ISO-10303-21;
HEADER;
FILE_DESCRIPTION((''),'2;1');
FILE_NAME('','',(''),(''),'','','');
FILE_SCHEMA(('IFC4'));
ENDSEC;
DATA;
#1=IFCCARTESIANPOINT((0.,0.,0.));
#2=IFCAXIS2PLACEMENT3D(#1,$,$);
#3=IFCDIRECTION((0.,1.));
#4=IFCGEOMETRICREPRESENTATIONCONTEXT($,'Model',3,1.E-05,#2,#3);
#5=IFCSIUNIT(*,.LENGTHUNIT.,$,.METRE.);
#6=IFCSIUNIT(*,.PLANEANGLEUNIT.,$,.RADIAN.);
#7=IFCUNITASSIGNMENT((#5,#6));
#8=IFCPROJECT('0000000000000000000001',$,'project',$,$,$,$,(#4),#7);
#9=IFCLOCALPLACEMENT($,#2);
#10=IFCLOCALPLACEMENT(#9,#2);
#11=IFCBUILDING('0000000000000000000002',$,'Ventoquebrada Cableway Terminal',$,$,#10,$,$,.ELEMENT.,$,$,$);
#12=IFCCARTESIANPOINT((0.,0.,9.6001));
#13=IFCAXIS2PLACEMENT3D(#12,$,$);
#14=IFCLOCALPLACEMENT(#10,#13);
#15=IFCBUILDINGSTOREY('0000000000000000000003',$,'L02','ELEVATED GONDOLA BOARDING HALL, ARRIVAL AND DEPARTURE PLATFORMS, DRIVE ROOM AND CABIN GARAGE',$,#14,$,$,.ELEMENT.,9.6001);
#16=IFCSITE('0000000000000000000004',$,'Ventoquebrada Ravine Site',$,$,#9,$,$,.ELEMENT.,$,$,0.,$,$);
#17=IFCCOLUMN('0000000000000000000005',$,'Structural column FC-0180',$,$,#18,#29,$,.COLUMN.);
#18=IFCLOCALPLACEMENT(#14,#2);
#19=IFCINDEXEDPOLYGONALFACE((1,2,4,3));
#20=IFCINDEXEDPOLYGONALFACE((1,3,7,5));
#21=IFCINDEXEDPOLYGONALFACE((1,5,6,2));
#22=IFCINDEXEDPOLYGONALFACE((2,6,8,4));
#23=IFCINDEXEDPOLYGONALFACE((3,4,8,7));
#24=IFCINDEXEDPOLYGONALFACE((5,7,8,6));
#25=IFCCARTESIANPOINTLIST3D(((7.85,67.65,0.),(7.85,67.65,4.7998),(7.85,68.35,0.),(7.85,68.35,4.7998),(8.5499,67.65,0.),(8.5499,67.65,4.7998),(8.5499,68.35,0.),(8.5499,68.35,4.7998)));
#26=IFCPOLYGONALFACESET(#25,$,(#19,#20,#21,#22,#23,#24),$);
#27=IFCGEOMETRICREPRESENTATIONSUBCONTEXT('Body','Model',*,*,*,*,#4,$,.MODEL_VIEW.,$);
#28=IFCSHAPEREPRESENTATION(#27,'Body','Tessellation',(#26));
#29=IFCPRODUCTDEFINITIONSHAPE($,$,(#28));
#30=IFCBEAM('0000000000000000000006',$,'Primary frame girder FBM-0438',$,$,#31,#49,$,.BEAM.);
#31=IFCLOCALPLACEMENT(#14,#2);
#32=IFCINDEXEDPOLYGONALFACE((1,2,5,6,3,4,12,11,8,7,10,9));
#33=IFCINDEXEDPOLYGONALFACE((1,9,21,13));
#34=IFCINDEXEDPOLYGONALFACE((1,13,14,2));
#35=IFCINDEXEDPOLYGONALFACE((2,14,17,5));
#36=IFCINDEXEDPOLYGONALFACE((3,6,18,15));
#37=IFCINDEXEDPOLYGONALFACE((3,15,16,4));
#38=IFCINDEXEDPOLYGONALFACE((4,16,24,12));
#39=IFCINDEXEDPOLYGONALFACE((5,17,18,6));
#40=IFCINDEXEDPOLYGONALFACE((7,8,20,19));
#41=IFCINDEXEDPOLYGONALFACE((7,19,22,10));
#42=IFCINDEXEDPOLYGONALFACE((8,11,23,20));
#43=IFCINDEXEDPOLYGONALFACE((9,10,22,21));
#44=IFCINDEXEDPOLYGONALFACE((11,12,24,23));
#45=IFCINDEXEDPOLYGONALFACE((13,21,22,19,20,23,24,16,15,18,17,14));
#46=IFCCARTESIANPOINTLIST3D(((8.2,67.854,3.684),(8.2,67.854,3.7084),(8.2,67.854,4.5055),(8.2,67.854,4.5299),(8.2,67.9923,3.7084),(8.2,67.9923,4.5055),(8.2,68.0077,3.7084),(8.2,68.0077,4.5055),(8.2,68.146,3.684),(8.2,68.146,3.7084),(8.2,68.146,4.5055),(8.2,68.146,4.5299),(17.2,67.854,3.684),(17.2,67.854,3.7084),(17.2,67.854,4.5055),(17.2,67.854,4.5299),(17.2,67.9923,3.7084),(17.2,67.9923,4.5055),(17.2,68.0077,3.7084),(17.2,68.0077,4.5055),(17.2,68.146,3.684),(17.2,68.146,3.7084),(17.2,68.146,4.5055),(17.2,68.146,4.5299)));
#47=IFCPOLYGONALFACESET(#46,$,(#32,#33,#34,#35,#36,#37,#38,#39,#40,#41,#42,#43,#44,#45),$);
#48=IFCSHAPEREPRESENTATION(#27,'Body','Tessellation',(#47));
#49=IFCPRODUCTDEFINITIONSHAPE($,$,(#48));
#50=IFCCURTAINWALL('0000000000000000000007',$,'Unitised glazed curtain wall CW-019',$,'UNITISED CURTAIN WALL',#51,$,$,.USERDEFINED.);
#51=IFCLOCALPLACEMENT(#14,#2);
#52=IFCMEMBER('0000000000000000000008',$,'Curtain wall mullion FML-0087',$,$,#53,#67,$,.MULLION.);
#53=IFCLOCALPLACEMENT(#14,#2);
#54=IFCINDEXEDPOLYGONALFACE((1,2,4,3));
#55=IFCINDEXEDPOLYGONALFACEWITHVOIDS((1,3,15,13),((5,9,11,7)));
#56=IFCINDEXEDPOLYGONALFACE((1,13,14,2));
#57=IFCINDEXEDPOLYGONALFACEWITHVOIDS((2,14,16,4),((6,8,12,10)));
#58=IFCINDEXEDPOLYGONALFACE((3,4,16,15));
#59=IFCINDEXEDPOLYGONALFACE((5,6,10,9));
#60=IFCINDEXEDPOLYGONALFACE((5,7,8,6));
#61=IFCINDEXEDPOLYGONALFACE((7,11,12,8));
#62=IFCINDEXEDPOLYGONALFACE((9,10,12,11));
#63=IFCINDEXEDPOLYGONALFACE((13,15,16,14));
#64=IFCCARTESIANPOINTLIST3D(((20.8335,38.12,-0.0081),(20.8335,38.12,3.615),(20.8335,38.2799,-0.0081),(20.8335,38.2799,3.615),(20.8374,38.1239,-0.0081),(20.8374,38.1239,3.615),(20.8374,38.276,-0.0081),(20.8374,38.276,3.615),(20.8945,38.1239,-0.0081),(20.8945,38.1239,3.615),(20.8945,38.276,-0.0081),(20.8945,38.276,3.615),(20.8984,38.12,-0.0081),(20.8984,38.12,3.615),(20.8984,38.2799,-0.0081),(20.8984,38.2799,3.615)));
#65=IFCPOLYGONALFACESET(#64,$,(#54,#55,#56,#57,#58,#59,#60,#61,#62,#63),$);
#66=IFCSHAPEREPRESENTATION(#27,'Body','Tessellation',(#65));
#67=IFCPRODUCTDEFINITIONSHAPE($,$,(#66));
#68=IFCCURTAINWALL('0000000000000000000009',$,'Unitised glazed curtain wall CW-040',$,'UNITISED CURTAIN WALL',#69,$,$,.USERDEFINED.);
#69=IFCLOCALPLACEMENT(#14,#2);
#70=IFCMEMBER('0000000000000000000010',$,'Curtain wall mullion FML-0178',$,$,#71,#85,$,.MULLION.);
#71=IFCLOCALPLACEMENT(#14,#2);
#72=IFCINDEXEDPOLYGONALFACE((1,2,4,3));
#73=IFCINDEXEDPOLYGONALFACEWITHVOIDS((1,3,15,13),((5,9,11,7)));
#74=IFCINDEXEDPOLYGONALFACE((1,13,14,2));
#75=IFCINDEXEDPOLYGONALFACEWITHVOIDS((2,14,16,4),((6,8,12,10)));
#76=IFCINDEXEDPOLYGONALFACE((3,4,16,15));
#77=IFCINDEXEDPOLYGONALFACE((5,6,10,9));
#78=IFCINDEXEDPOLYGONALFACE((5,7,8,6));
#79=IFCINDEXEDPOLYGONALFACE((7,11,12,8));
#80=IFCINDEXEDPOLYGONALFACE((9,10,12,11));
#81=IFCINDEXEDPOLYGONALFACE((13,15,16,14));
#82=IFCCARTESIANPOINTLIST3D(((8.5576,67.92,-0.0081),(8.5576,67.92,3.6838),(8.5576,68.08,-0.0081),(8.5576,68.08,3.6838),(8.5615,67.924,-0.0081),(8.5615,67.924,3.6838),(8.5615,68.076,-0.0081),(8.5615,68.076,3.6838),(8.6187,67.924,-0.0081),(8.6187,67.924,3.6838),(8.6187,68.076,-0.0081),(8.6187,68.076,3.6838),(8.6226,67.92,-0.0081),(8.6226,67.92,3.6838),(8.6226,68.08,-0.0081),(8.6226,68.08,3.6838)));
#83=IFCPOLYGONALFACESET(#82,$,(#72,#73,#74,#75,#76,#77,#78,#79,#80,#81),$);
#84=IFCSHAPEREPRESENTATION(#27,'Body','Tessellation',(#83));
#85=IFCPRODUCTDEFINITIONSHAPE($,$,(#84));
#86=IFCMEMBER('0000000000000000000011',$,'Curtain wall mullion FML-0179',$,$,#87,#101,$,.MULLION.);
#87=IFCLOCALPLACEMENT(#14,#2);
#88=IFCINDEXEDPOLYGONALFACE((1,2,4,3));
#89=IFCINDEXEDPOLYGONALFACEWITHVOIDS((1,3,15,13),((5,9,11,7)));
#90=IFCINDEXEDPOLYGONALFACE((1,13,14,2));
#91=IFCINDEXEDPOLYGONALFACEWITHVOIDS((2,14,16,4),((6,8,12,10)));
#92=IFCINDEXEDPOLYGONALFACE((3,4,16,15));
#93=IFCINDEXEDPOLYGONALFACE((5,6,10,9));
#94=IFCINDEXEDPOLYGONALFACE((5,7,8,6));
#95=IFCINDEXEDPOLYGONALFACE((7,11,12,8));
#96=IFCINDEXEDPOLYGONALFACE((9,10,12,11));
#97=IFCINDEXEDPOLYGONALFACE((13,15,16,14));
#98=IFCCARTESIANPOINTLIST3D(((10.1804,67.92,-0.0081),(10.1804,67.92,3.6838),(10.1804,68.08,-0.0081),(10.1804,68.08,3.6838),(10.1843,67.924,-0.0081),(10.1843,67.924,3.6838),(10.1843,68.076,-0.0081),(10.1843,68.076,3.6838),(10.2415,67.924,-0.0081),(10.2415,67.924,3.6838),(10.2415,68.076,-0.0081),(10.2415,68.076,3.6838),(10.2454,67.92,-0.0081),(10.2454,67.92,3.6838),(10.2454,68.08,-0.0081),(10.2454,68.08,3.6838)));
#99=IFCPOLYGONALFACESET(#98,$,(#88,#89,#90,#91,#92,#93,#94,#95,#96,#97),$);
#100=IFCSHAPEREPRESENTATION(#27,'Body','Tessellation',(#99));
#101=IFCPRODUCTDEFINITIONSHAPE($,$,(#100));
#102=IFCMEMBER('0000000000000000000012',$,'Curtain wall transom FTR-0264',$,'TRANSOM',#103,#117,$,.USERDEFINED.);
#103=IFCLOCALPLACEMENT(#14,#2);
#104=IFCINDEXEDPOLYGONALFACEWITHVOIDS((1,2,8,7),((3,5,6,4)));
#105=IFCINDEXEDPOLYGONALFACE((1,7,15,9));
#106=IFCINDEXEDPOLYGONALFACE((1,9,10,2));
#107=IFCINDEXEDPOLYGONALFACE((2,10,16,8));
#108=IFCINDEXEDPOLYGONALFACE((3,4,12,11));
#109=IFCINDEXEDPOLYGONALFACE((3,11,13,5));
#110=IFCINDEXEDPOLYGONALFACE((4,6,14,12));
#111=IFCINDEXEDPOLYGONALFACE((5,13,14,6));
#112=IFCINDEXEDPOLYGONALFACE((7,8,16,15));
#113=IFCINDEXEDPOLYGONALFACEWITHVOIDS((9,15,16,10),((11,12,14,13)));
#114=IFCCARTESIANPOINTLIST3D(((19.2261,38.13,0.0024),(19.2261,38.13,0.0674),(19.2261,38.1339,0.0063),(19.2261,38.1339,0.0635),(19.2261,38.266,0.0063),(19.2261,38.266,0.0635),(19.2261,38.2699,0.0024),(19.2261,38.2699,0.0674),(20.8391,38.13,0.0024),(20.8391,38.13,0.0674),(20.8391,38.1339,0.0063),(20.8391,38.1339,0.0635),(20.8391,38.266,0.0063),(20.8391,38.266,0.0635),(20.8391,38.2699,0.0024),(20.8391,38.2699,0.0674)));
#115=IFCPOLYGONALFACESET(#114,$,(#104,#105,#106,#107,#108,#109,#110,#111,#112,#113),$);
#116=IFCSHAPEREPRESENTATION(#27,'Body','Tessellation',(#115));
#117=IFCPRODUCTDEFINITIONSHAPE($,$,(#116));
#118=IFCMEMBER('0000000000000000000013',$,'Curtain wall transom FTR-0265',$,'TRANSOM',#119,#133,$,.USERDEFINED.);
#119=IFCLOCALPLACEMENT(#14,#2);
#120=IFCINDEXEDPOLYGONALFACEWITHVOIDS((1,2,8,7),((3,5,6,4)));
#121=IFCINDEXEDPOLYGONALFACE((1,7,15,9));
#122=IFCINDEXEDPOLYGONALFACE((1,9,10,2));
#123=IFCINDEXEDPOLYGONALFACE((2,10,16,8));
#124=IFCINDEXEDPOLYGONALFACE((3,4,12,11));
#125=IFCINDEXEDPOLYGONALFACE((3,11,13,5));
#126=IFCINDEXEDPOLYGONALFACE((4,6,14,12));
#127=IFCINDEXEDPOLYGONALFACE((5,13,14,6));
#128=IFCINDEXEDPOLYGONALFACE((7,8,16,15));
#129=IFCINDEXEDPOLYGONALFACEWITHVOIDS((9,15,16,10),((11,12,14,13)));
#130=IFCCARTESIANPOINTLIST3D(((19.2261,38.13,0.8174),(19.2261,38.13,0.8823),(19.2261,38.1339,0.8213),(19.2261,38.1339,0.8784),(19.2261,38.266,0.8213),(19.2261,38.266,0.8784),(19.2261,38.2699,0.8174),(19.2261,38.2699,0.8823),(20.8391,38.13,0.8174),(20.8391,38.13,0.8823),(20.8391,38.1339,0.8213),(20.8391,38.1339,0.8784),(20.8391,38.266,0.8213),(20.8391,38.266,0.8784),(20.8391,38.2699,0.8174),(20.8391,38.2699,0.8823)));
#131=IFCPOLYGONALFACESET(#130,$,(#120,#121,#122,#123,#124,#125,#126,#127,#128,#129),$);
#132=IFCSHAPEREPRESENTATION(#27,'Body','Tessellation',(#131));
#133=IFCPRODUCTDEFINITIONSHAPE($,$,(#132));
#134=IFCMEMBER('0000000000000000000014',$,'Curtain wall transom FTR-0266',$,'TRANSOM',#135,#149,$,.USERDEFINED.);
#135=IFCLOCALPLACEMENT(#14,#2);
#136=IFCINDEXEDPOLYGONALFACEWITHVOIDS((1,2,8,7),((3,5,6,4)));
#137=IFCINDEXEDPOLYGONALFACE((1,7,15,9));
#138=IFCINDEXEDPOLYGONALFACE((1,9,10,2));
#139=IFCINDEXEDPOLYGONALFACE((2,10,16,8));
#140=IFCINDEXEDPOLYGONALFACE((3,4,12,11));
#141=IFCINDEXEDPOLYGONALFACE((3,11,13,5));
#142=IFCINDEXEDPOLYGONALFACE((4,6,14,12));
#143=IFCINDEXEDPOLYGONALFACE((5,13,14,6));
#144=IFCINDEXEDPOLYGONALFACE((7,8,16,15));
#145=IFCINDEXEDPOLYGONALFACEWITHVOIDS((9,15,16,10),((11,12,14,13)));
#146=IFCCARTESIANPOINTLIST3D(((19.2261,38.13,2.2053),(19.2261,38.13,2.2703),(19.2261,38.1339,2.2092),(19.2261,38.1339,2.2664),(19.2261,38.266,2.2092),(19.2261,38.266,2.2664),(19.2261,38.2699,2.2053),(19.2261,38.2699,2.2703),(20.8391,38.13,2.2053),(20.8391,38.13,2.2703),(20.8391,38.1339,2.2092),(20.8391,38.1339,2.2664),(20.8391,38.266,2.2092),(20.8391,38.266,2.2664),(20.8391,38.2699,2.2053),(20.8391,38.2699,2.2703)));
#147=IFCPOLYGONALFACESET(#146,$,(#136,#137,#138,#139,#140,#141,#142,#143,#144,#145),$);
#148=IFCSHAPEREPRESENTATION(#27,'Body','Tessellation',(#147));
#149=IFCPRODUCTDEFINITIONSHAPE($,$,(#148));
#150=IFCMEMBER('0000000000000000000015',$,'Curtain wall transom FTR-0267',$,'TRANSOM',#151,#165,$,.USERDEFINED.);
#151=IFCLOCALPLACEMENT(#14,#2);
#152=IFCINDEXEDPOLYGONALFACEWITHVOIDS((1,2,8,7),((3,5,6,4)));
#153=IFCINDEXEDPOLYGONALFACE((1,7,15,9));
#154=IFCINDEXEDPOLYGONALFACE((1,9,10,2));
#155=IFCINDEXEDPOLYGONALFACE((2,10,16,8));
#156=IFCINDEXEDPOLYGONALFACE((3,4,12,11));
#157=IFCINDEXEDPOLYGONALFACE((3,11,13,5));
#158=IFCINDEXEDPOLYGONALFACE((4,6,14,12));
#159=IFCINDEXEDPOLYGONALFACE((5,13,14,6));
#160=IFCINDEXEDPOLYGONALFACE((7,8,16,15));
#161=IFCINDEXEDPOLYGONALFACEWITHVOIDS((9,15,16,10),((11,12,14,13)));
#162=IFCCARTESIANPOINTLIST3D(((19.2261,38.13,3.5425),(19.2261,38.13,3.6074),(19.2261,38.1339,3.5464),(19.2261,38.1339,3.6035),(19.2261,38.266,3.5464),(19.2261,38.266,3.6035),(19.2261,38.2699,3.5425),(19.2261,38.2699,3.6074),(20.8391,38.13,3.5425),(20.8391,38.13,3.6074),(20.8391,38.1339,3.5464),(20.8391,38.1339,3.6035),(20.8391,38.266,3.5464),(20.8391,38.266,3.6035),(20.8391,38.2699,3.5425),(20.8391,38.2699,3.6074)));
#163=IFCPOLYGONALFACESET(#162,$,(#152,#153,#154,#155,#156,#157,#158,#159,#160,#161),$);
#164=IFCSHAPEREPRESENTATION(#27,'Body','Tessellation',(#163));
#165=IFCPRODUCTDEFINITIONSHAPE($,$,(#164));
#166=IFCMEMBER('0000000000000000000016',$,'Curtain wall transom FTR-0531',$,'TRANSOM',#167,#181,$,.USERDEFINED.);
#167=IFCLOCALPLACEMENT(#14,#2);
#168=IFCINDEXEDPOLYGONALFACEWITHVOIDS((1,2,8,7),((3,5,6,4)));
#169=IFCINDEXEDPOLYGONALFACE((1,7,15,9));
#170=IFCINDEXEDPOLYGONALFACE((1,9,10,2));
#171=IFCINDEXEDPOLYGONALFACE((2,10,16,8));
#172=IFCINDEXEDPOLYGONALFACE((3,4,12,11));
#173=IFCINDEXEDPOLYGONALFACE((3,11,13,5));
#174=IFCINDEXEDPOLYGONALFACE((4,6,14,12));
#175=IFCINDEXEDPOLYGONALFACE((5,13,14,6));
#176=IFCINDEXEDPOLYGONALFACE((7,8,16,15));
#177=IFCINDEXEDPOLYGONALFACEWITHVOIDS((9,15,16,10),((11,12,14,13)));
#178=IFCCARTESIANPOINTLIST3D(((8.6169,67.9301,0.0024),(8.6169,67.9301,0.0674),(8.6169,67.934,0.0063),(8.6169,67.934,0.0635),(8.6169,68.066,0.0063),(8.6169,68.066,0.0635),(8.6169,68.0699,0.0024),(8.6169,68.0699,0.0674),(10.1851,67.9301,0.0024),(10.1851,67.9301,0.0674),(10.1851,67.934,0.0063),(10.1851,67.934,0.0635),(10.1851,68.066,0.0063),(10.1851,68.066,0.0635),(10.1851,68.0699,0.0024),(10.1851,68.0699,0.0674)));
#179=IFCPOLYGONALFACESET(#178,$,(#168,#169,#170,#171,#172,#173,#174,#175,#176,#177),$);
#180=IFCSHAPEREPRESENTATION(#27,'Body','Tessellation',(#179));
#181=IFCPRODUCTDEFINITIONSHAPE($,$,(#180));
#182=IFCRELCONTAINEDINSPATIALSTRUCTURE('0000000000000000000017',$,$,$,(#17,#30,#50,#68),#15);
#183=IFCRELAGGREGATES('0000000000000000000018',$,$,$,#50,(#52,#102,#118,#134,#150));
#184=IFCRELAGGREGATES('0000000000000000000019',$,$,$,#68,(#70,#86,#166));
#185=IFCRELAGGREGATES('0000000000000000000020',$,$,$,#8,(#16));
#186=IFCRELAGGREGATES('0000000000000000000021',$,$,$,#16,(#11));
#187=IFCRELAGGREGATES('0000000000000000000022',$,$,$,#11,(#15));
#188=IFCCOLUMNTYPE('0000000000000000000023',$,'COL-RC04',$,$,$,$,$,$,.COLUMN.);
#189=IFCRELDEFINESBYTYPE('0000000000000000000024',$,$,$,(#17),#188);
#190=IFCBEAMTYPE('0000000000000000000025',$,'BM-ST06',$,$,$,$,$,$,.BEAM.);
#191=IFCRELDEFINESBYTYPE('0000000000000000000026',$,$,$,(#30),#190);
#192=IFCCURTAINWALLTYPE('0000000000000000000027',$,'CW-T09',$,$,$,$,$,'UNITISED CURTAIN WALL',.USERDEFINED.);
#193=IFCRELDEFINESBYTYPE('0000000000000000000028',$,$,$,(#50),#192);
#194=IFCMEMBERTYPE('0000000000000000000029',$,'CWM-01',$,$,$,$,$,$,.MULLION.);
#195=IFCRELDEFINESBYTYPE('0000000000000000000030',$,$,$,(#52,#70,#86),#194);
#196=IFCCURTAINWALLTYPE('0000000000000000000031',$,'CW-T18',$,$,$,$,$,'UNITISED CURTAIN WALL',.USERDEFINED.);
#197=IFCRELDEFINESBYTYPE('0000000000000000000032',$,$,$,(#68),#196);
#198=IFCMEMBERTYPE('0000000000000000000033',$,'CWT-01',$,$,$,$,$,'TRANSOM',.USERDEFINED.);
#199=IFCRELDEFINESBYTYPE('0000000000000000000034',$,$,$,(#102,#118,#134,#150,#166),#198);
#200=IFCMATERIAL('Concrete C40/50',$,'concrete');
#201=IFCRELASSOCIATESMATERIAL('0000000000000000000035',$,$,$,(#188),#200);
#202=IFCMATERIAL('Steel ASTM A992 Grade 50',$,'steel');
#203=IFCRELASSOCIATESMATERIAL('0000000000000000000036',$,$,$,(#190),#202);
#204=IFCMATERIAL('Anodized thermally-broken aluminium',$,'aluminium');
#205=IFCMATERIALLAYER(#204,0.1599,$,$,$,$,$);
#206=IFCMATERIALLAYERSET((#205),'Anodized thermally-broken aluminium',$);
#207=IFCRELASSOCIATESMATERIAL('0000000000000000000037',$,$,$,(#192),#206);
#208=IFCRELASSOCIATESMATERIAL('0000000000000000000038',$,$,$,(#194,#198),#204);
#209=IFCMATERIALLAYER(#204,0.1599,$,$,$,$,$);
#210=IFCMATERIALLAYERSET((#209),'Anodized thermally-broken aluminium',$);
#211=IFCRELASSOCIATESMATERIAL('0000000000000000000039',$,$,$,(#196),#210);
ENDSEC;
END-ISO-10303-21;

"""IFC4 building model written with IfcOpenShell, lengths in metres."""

from ifc_helpers import new_model, si_unit, direction, frame, origin, origin_2d, place, context, subcontext, project, spatial, rectangle, hollow_rectangle, i_section, extrude, material, layer, layer_set, material_profile, profile_set, type_object, element, aggregate, save


model = new_model("IFC4")

# Units and contexts
model_context = context("Model", 3, precision=1e-05, world=origin(), true_north=direction((0.0, 1.0)))
body_context = subcontext(model_context, "Body", "Model", "MODEL_VIEW")
ifc_project = project(units=[si_unit("LENGTHUNIT", "METRE"), si_unit("PLANEANGLEUNIT", "RADIAN")], contexts=[model_context])

# Site, building, storey
site_placement = place(None, origin())
site = spatial("IfcSite", under=ifc_project, at=site_placement, Name="Ventoquebrada Ravine Site", CompositionType="ELEMENT", RefElevation=0.0)
building_placement = place(site_placement, origin())
building = spatial("IfcBuilding", under=site, at=building_placement, Name="Ventoquebrada Cableway Terminal", CompositionType="ELEMENT")
storey_placement = place(building_placement, frame((0.0, 0.0, 9.6001)))
storey = spatial("IfcBuildingStorey", under=building, at=storey_placement, Name="L02", Description="ELEVATED GONDOLA BOARDING HALL, ARRIVAL AND DEPARTURE PLATFORMS, DRIVE ROOM AND CABIN GARAGE", CompositionType="ELEMENT", Elevation=9.6001)

# Column
ifc_material_1 = material(Name="Concrete C40/50", Category="concrete")
ifc_material_profile_1 = material_profile(ifc_material_1, rectangle(XDim=0.7, YDim=0.7, at=origin_2d()), Name="RC-COL-700X700")
ifc_profile_set_1 = profile_set([ifc_material_profile_1], Name="Concrete C40/50")
column_type = type_object("IfcColumnType", Name="COL-RC04", PredefinedType="COLUMN", material=ifc_profile_set_1)
column_placement = place(storey_placement, frame((8.2, 68.0, 0.0), z_axis=(0.0, 0.0, 1.0), x_axis=(1.0, 0.0, 0.0)))
element("IfcColumn", 1, at=column_placement, inside=storey, type_object=column_type, Name="Structural column FC-0180", PredefinedType="COLUMN", context=body_context, shape_type="SweptSolid", body=[
    extrude(rectangle(XDim=0.7, YDim=0.7, at=origin_2d()), origin(), (0.0, 0.0, 1.0), 4.7998),
])

# Beam
ifc_material_2 = material(Name="Steel ASTM A992 Grade 50", Category="steel")
ifc_material_profile_2 = material_profile(ifc_material_2, i_section(OverallWidth=0.292, OverallDepth=0.8459, WebThickness=0.0154, FlangeThickness=0.0244, at=origin_2d()), Name="W33X141")
ifc_profile_set_2 = profile_set([ifc_material_profile_2], Name="Steel ASTM A992 Grade 50")
beam_type_1 = type_object("IfcBeamType", Name="BM-ST06", PredefinedType="BEAM", material=ifc_profile_set_2)
beam_1_placement = place(storey_placement, frame((8.2, 68.0, 4.1069), z_axis=(1.0, 0.0, 0.0), x_axis=(0.0, 1.0, 0.0)))
element("IfcBeam", 2, at=beam_1_placement, inside=storey, type_object=beam_type_1, Name="Primary frame girder FBM-0438", PredefinedType="BEAM", context=body_context, shape_type="SweptSolid", body=[
    extrude(i_section(OverallWidth=0.292, OverallDepth=0.8459, WebThickness=0.0154, FlangeThickness=0.0244, at=origin_2d()), origin(), (0.0, 0.0, 1.0), 9.0),
])

# Curtain wall, member
ifc_material_3 = material(Name="Anodized thermally-broken aluminium", Category="aluminium")
ifc_layer_1 = layer(ifc_material_3, 0.1599)
ifc_layer_set_1 = layer_set([ifc_layer_1], Name="Anodized thermally-broken aluminium")
curtain_wall_type_1 = type_object("IfcCurtainWallType", Name="CW-T09", ElementType="UNITISED CURTAIN WALL", PredefinedType="USERDEFINED", material=ifc_layer_set_1)
curtain_wall_1_placement = place(storey_placement, origin())
curtain_wall_1 = element("IfcCurtainWall", 3, at=curtain_wall_1_placement, inside=storey, type_object=curtain_wall_type_1, Name="Unitised glazed curtain wall CW-019", ObjectType="UNITISED CURTAIN WALL", PredefinedType="USERDEFINED")
ifc_material_profile_3 = material_profile(ifc_material_3, hollow_rectangle(XDim=0.0649, YDim=0.1599, WallThickness=0.0039, at=origin_2d()), Name="CW-MUL-65X160")
ifc_profile_set_3 = profile_set([ifc_material_profile_3], Name="Anodized thermally-broken aluminium")
member_type_1 = type_object("IfcMemberType", Name="CWM-01", PredefinedType="MULLION", material=ifc_profile_set_3)
member_1_placement = place(storey_placement, frame((20.866, 38.2, -0.0081), z_axis=(0.0, 0.0, 1.0), x_axis=(-1.0, 0.0, 0.0)))
member_1 = element("IfcMember", 4, at=member_1_placement, type_object=member_type_1, Name="Curtain wall mullion FML-0087", PredefinedType="MULLION", context=body_context, shape_type="SweptSolid", body=[
    extrude(hollow_rectangle(XDim=0.0649, YDim=0.1599, WallThickness=0.0039, at=origin_2d()), origin(), (0.0, 0.0, 1.0), 3.623),
])

# Curtain wall, members
ifc_layer_2 = layer(ifc_material_3, 0.1599)
ifc_layer_set_2 = layer_set([ifc_layer_2], Name="Anodized thermally-broken aluminium")
curtain_wall_type_2 = type_object("IfcCurtainWallType", Name="CW-T18", ElementType="UNITISED CURTAIN WALL", PredefinedType="USERDEFINED", material=ifc_layer_set_2)
curtain_wall_2_placement = place(storey_placement, origin())
curtain_wall_2 = element("IfcCurtainWall", 5, at=curtain_wall_2_placement, inside=storey, type_object=curtain_wall_type_2, Name="Unitised glazed curtain wall CW-040", ObjectType="UNITISED CURTAIN WALL", PredefinedType="USERDEFINED")
member_2_placement = place(storey_placement, frame((8.5901, 68.0, -0.0081), z_axis=(0.0, 0.0, 1.0), x_axis=(1.0, 0.0, 0.0)))
member_2 = element("IfcMember", 6, at=member_2_placement, type_object=member_type_1, Name="Curtain wall mullion FML-0178", PredefinedType="MULLION", context=body_context, shape_type="SweptSolid", body=[
    extrude(hollow_rectangle(XDim=0.0649, YDim=0.1599, WallThickness=0.0039, at=origin_2d()), origin(), (0.0, 0.0, 1.0), 3.6919),
])
member_3_placement = place(storey_placement, frame((10.2129, 68.0, -0.0081), z_axis=(0.0, 0.0, 1.0), x_axis=(1.0, 0.0, 0.0)))
member_3 = element("IfcMember", 7, at=member_3_placement, type_object=member_type_1, Name="Curtain wall mullion FML-0179", PredefinedType="MULLION", context=body_context, shape_type="SweptSolid", body=[
    extrude(hollow_rectangle(XDim=0.0649, YDim=0.1599, WallThickness=0.0039, at=origin_2d()), origin(), (0.0, 0.0, 1.0), 3.6919),
])

# Members
ifc_material_profile_4 = material_profile(ifc_material_3, hollow_rectangle(XDim=0.0649, YDim=0.1399, WallThickness=0.0039, at=origin_2d()), Name="CW-TRN-65X140")
ifc_profile_set_4 = profile_set([ifc_material_profile_4], Name="Anodized thermally-broken aluminium")
member_type_2 = type_object("IfcMemberType", Name="CWT-01", ElementType="TRANSOM", PredefinedType="USERDEFINED", material=ifc_profile_set_4)
member_4_placement = place(storey_placement, frame((20.8391, 38.2, 0.0349), z_axis=(-1.0, 0.0, 0.0), x_axis=(0.0, 0.0, 1.0)))
member_4 = element("IfcMember", 8, at=member_4_placement, type_object=member_type_2, Name="Curtain wall transom FTR-0264", ObjectType="TRANSOM", PredefinedType="USERDEFINED", context=body_context, shape_type="SweptSolid", body=[
    extrude(hollow_rectangle(XDim=0.0649, YDim=0.1399, WallThickness=0.0039, at=origin_2d()), origin(), (0.0, 0.0, 1.0), 1.613),
])
member_5_placement = place(storey_placement, frame((20.8391, 38.2, 0.8499), z_axis=(-1.0, 0.0, 0.0), x_axis=(0.0, 0.0, 1.0)))
member_5 = element("IfcMember", 9, at=member_5_placement, type_object=member_type_2, Name="Curtain wall transom FTR-0265", ObjectType="TRANSOM", PredefinedType="USERDEFINED", context=body_context, shape_type="SweptSolid", body=[
    extrude(hollow_rectangle(XDim=0.0649, YDim=0.1399, WallThickness=0.0039, at=origin_2d()), origin(), (0.0, 0.0, 1.0), 1.613),
])
member_6_placement = place(storey_placement, frame((20.8391, 38.2, 2.2378), z_axis=(-1.0, 0.0, 0.0), x_axis=(0.0, 0.0, 1.0)))
member_6 = element("IfcMember", 10, at=member_6_placement, type_object=member_type_2, Name="Curtain wall transom FTR-0266", ObjectType="TRANSOM", PredefinedType="USERDEFINED", context=body_context, shape_type="SweptSolid", body=[
    extrude(hollow_rectangle(XDim=0.0649, YDim=0.1399, WallThickness=0.0039, at=origin_2d()), origin(), (0.0, 0.0, 1.0), 1.613),
])
member_7_placement = place(storey_placement, frame((20.8391, 38.2, 3.575), z_axis=(-1.0, 0.0, 0.0), x_axis=(0.0, 0.0, 1.0)))
member_7 = element("IfcMember", 11, at=member_7_placement, type_object=member_type_2, Name="Curtain wall transom FTR-0267", ObjectType="TRANSOM", PredefinedType="USERDEFINED", context=body_context, shape_type="SweptSolid", body=[
    extrude(hollow_rectangle(XDim=0.0649, YDim=0.1399, WallThickness=0.0039, at=origin_2d()), origin(), (0.0, 0.0, 1.0), 1.613),
])
member_8_placement = place(storey_placement, frame((8.6169, 68.0, 0.0349), z_axis=(1.0, 0.0, 0.0), x_axis=(0.0, 0.0, 1.0)))
member_8 = element("IfcMember", 12, at=member_8_placement, type_object=member_type_2, Name="Curtain wall transom FTR-0531", ObjectType="TRANSOM", PredefinedType="USERDEFINED", context=body_context, shape_type="SweptSolid", body=[
    extrude(hollow_rectangle(XDim=0.0649, YDim=0.1399, WallThickness=0.0039, at=origin_2d()), origin(), (0.0, 0.0, 1.0), 1.5681),
])

aggregate(curtain_wall_1, [member_1, member_4, member_5, member_6, member_7])
aggregate(curtain_wall_2, [member_2, member_3, member_8])

save(model, "model.ifc")
